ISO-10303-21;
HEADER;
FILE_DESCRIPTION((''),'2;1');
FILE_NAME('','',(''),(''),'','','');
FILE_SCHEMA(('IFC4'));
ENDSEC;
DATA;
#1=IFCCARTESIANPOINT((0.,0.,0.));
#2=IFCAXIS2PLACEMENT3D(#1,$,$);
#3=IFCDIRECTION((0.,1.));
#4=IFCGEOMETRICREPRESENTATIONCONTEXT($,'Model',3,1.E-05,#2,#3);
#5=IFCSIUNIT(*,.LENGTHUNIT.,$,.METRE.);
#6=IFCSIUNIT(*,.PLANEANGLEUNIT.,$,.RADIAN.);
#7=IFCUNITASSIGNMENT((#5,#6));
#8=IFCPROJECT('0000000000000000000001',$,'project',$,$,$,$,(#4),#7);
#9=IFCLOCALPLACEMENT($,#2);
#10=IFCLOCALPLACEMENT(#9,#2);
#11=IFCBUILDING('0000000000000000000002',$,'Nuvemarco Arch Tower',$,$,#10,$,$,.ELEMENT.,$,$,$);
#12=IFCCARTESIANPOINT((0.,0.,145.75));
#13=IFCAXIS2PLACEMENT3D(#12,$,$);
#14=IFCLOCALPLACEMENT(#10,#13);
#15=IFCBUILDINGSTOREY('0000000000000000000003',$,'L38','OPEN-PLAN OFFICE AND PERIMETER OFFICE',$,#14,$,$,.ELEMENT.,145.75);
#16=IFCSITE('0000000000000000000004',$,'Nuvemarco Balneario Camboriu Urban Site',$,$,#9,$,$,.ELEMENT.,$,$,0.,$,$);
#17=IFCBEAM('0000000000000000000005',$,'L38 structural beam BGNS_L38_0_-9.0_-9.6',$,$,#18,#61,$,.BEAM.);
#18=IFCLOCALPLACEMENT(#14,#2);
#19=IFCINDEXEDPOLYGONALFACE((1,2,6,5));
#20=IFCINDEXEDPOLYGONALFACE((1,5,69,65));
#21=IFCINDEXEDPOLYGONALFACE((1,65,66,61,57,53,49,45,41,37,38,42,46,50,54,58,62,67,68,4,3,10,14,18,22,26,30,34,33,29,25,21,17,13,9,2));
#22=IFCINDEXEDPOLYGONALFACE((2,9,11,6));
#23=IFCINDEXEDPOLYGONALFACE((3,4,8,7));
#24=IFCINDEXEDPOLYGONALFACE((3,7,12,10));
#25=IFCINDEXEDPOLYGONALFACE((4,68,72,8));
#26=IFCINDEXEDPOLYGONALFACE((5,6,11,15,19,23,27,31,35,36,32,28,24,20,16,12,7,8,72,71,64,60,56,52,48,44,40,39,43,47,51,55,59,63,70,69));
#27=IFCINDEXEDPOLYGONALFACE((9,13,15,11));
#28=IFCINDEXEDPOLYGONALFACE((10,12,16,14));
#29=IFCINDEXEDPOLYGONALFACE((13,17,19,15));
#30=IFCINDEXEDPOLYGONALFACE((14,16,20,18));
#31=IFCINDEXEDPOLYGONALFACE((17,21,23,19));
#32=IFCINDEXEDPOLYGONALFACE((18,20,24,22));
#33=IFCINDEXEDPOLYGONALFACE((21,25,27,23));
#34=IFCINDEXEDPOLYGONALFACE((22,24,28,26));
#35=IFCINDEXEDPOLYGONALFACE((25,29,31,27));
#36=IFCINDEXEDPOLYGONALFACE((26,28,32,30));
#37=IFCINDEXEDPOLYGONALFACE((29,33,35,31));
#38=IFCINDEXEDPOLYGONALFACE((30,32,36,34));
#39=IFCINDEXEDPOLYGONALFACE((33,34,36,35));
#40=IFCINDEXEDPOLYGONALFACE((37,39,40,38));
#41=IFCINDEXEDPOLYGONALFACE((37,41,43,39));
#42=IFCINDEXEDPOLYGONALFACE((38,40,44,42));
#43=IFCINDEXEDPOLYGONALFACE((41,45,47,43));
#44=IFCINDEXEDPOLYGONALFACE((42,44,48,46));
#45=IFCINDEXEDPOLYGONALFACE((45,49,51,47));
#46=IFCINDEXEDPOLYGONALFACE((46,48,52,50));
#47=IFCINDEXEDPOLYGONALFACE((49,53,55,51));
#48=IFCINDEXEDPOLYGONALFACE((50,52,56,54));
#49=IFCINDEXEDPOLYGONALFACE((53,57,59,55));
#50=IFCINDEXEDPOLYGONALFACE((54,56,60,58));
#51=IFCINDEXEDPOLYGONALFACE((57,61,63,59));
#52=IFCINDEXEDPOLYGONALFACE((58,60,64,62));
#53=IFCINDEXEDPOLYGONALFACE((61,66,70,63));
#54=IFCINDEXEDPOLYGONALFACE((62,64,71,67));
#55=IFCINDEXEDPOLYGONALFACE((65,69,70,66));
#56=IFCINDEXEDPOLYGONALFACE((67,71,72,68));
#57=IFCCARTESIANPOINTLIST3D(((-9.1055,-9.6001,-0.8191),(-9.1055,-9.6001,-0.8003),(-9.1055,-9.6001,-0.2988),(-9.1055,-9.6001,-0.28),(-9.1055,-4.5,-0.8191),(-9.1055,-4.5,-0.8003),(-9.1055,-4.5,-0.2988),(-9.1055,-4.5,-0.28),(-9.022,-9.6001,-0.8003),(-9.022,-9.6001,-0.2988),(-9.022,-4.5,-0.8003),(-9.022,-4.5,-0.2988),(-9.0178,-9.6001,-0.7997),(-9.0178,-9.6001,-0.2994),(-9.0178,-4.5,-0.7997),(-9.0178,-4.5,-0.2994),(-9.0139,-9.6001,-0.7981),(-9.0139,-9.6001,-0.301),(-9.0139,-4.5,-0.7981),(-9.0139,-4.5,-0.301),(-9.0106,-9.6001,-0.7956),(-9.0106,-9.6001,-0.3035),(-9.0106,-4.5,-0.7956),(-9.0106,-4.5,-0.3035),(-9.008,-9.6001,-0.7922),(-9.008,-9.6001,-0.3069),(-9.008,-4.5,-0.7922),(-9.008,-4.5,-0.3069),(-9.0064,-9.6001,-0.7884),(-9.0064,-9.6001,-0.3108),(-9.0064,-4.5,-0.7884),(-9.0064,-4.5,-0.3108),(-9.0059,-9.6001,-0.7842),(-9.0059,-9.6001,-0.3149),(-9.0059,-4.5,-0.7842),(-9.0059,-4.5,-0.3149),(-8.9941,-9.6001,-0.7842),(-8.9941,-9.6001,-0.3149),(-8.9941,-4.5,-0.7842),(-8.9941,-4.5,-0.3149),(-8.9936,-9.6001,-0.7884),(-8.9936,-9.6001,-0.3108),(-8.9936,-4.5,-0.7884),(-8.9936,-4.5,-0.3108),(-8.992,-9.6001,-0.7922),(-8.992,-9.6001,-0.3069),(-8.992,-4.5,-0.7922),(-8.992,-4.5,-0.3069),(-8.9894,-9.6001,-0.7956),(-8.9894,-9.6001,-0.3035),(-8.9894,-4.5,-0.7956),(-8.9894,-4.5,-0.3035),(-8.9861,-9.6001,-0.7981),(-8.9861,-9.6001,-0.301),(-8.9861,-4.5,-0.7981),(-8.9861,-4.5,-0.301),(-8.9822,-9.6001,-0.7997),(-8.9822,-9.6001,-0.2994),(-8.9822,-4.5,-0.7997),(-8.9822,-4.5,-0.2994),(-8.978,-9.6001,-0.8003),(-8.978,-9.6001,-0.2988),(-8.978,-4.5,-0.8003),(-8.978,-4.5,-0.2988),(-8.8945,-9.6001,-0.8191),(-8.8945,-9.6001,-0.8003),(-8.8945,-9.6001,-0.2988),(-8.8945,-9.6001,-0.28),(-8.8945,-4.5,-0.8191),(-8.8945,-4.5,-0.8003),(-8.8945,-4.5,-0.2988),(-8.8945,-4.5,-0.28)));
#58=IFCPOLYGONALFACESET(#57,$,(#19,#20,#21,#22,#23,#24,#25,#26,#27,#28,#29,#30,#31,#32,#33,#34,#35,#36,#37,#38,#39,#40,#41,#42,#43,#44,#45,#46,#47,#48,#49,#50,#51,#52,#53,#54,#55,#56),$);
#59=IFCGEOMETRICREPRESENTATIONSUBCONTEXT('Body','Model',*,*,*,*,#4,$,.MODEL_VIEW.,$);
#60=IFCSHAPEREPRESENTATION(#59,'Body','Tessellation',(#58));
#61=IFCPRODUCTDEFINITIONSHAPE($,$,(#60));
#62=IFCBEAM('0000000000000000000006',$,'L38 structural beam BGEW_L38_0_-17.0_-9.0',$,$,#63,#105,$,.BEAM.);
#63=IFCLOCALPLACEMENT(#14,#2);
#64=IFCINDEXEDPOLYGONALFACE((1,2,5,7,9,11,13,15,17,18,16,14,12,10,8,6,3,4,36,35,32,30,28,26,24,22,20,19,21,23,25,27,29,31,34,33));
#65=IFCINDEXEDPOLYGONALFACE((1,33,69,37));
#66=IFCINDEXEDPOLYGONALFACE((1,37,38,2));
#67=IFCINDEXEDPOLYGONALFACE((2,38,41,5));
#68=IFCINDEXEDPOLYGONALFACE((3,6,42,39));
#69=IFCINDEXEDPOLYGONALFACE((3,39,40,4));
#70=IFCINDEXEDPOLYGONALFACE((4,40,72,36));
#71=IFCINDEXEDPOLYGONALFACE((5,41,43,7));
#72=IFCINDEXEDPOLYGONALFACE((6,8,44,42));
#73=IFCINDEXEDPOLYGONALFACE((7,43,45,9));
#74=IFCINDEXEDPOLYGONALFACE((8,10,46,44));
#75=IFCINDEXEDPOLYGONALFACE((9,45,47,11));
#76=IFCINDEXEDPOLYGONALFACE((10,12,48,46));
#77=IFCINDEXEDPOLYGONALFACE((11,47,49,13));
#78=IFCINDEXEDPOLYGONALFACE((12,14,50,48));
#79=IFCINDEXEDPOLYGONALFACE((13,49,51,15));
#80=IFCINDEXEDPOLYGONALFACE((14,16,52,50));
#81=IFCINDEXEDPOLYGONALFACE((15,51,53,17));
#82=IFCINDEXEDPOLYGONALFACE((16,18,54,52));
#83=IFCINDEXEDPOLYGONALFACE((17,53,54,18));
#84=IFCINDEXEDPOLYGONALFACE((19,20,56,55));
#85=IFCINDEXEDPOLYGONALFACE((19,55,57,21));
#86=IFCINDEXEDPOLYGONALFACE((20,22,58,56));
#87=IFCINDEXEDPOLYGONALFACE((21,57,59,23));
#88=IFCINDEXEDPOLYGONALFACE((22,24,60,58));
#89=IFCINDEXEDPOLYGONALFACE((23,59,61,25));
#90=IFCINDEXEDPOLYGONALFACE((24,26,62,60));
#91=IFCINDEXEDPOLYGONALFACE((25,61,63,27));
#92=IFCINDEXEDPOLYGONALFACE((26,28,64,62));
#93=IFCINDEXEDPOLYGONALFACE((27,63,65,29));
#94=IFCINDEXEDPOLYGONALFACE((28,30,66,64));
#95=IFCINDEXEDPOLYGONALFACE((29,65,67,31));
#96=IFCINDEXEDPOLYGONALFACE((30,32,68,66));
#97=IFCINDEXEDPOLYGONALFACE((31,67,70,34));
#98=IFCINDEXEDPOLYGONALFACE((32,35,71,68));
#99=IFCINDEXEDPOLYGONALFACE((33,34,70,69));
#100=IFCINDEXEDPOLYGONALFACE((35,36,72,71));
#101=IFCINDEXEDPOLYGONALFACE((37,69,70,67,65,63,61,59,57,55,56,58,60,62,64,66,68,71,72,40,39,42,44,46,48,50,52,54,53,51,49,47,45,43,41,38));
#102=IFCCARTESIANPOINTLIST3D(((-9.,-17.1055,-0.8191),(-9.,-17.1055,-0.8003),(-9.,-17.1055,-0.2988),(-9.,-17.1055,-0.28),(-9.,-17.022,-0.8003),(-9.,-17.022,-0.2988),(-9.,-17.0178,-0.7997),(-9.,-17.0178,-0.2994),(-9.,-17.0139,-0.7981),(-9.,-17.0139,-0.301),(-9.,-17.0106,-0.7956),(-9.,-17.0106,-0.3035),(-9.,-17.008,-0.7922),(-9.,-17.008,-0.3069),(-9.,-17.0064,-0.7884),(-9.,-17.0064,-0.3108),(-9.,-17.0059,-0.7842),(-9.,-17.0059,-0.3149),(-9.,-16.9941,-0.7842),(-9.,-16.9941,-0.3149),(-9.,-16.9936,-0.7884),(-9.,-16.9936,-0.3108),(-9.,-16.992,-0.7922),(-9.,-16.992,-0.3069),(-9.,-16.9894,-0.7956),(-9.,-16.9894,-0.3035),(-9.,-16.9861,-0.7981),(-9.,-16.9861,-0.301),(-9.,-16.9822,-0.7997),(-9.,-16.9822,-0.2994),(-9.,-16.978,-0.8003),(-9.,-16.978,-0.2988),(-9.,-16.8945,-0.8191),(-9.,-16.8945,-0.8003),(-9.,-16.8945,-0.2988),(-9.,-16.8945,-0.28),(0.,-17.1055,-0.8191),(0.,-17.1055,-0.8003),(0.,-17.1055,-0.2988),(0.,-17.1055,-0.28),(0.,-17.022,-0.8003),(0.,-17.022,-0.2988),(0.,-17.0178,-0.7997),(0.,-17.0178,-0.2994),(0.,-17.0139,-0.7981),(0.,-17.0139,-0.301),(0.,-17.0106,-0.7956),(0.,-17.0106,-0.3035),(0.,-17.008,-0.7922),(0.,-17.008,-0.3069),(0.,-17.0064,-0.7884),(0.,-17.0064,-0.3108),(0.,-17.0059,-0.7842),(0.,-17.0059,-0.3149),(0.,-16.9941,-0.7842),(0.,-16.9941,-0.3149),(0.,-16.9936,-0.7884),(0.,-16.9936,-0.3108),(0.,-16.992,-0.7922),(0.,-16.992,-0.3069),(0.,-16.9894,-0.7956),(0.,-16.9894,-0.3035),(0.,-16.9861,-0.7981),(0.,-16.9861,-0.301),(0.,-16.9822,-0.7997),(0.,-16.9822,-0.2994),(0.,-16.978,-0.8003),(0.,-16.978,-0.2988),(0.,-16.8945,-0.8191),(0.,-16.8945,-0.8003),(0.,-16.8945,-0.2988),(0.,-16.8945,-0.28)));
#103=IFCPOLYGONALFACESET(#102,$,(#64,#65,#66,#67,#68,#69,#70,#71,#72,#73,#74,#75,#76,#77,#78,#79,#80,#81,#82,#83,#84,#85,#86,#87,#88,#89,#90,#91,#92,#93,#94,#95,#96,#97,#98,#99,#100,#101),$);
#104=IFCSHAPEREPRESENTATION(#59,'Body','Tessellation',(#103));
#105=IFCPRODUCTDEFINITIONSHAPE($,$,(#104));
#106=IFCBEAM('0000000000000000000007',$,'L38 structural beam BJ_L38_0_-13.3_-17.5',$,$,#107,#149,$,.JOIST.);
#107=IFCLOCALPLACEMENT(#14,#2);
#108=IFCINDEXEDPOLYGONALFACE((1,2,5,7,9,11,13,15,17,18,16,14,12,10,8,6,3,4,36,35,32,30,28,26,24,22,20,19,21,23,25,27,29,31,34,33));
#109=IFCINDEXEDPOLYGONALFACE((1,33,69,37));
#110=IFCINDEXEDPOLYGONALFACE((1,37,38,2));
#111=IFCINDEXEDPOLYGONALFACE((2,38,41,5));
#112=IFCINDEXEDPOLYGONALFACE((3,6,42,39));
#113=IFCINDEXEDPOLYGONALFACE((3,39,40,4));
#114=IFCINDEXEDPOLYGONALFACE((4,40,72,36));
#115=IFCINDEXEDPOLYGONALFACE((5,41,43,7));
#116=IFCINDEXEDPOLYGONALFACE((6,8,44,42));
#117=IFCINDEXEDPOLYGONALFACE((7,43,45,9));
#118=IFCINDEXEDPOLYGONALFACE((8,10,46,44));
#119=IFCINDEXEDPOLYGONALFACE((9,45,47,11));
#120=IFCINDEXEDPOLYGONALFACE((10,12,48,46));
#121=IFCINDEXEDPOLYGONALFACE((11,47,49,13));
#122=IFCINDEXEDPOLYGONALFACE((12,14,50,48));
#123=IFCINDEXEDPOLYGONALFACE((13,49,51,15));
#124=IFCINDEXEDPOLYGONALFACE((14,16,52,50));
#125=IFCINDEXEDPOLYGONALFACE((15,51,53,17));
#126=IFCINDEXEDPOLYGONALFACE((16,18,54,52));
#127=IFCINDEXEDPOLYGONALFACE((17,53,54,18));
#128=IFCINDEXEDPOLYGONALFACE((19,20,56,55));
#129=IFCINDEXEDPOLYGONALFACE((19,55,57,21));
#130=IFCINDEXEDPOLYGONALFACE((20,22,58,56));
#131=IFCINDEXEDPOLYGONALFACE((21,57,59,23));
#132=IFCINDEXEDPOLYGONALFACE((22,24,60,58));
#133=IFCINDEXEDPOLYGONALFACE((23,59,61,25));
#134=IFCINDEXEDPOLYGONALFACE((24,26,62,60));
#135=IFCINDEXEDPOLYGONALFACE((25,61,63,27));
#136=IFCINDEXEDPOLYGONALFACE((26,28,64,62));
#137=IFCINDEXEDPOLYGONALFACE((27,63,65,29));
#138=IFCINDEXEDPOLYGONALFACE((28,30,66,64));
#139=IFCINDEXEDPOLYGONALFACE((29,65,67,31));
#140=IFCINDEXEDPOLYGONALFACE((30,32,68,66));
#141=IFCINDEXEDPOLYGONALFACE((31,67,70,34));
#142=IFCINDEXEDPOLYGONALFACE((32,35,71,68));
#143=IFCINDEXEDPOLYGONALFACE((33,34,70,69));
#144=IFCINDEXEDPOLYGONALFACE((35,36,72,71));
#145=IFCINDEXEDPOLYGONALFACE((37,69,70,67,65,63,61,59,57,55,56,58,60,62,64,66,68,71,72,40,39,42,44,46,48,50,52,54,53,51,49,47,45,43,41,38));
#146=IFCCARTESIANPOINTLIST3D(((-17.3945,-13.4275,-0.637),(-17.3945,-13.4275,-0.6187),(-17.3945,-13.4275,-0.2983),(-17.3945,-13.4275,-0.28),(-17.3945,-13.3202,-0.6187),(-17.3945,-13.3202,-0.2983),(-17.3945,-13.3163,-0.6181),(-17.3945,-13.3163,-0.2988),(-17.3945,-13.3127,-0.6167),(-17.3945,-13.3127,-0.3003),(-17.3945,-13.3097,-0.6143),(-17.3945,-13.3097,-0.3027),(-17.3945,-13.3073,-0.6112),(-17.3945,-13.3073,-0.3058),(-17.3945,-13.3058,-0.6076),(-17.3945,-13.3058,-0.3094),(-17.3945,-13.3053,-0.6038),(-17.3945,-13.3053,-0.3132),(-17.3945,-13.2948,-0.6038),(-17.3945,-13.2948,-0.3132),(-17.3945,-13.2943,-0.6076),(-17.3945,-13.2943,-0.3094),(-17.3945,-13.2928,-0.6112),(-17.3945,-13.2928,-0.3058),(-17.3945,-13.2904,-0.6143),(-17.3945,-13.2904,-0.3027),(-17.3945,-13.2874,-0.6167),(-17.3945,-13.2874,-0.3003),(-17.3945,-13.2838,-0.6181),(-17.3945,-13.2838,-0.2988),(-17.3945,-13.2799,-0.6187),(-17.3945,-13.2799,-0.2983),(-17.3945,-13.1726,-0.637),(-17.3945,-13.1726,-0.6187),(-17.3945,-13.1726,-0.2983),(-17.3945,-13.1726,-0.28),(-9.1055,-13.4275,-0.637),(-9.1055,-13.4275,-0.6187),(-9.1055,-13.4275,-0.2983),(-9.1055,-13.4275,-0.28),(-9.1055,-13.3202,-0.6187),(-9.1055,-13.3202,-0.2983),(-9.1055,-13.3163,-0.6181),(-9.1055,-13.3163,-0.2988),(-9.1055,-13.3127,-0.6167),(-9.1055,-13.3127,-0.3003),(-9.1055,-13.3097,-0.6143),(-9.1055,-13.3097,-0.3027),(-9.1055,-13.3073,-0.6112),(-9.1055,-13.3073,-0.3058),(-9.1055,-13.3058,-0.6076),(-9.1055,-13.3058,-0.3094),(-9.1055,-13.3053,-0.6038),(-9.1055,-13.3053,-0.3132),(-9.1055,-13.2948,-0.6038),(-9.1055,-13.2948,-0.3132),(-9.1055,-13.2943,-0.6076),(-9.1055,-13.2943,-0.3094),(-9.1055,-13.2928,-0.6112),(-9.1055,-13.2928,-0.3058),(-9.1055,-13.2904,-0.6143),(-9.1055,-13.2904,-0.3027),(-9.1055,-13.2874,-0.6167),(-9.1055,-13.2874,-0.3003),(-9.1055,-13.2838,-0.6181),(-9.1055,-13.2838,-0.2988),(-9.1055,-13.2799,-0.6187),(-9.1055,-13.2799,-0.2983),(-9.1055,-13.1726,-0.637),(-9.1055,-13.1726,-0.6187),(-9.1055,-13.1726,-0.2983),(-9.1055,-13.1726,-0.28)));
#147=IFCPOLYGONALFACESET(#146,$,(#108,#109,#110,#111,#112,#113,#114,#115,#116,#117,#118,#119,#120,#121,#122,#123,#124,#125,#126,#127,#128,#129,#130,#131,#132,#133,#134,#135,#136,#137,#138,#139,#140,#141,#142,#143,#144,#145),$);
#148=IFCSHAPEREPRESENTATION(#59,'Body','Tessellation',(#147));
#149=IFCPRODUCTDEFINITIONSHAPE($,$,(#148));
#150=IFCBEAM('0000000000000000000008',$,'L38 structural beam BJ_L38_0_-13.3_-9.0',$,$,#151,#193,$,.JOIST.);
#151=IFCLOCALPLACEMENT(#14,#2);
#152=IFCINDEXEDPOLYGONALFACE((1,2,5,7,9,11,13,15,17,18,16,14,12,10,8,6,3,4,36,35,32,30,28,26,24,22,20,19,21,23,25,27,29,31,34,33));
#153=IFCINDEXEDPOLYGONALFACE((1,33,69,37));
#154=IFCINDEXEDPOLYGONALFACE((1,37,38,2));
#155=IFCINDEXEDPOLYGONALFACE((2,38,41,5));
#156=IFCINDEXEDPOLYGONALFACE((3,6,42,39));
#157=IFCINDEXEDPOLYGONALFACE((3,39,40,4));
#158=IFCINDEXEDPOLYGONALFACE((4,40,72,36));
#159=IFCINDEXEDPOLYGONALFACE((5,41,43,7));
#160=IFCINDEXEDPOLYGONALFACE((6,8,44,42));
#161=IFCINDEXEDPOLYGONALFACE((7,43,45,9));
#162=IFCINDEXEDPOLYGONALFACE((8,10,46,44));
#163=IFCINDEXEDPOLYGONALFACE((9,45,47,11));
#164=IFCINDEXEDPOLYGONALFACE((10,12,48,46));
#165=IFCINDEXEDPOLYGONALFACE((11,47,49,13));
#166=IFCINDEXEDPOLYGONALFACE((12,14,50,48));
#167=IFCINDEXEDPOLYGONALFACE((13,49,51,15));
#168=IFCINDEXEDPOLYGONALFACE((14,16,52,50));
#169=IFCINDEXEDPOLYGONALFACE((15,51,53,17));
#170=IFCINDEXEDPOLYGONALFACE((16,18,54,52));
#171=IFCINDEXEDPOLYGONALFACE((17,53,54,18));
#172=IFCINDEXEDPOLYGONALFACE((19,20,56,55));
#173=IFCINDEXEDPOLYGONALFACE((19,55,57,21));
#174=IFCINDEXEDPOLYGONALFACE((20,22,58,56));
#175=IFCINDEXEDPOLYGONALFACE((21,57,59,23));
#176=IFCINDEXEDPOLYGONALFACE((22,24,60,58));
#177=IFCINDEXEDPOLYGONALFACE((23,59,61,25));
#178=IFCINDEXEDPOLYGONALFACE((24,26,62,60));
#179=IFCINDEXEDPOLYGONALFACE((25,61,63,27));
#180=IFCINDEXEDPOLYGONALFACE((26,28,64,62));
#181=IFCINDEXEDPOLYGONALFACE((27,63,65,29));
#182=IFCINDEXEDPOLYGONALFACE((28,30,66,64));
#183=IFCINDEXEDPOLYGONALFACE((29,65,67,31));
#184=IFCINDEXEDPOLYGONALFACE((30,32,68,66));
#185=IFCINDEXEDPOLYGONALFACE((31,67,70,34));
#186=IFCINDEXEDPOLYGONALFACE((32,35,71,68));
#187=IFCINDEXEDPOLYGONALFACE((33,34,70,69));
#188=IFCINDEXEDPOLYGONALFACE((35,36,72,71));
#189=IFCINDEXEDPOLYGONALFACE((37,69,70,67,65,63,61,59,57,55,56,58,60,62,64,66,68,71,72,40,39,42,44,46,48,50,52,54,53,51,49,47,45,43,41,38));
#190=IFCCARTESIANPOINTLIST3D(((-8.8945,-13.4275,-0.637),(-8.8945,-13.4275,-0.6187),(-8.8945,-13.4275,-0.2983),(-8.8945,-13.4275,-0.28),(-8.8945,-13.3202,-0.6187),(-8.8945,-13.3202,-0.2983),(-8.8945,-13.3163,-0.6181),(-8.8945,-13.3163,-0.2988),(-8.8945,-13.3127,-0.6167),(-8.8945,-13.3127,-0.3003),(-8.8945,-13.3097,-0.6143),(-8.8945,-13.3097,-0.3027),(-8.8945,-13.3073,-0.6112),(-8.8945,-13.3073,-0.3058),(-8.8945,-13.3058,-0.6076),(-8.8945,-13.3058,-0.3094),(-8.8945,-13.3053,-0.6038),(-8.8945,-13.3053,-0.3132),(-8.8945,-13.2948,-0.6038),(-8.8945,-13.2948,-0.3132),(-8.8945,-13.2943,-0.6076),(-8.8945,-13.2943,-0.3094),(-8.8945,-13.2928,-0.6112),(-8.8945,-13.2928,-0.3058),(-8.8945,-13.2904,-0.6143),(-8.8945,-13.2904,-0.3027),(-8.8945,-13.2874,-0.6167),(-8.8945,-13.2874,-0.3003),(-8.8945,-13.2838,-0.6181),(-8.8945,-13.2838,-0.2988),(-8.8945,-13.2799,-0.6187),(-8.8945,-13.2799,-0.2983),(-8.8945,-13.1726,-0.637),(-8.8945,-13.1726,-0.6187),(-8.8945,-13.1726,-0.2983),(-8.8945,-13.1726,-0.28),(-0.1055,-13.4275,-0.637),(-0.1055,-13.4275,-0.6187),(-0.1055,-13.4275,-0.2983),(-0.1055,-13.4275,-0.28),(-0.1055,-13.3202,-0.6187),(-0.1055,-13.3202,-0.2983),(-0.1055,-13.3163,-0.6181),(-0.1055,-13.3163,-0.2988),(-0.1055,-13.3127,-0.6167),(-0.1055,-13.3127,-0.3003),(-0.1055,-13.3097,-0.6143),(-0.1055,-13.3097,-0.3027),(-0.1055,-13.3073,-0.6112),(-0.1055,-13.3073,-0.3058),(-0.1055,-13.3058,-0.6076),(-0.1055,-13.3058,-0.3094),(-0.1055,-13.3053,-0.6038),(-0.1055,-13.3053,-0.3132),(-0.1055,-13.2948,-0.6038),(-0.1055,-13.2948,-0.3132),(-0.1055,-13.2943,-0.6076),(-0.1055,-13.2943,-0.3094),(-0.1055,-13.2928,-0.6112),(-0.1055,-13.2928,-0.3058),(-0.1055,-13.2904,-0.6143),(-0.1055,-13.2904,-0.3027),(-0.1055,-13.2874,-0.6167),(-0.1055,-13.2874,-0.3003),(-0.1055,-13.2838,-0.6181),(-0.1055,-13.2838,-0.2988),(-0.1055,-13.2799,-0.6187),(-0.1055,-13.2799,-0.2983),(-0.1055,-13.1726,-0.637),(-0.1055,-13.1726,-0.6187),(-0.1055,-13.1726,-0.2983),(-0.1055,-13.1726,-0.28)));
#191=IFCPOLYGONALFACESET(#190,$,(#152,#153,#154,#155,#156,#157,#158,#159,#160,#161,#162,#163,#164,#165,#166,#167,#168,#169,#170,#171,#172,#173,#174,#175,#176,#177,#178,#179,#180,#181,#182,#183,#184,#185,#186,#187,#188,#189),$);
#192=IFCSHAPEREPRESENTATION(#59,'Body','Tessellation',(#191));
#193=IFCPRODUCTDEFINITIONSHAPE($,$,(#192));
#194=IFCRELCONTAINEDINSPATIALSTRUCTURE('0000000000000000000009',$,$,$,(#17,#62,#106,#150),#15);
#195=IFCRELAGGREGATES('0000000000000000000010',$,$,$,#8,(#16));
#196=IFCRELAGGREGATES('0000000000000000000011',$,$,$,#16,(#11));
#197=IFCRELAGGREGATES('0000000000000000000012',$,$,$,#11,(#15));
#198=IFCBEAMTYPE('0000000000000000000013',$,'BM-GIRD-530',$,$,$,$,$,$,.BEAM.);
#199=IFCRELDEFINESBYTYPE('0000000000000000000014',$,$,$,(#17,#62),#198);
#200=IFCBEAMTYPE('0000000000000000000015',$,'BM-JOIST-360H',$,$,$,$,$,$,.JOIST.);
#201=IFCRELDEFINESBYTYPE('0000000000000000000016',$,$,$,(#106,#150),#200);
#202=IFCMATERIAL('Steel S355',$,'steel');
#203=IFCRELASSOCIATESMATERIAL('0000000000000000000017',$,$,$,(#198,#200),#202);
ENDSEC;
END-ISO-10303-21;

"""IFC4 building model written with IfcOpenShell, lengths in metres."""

from ifc_helpers import new_model, si_unit, direction, frame, origin, origin_2d, place, context, subcontext, project, spatial, i_section, extrude, material, material_profile, profile_set, type_object, element, save


model = new_model("IFC4")

# Units and contexts
model_context = context("Model", 3, precision=1e-05, world=origin(), true_north=direction((0.0, 1.0)))
body_context = subcontext(model_context, "Body", "Model", "MODEL_VIEW")
ifc_project = project(units=[si_unit("LENGTHUNIT", "METRE"), si_unit("PLANEANGLEUNIT", "RADIAN")], contexts=[model_context])

# Site, building, storey
site_placement = place(None, origin())
site = spatial("IfcSite", under=ifc_project, at=site_placement, Name="Nuvemarco Balneario Camboriu Urban Site", CompositionType="ELEMENT", RefElevation=0.0)
building_placement = place(site_placement, origin())
building = spatial("IfcBuilding", under=site, at=building_placement, Name="Nuvemarco Arch Tower", CompositionType="ELEMENT")
storey_placement = place(building_placement, frame((0.0, 0.0, 145.75)))
storey = spatial("IfcBuildingStorey", under=building, at=storey_placement, Name="L38", Description="OPEN-PLAN OFFICE AND PERIMETER OFFICE", CompositionType="ELEMENT", Elevation=145.75)

# Shared definitions
ifc_material_1 = material(Name="Steel S355", Category="steel")

# Beams
ifc_material_profile_1 = material_profile(ifc_material_1, i_section(OverallWidth=0.2109, OverallDepth=0.5391, WebThickness=0.0117, FlangeThickness=0.0188, FilletRadius=0.0161, at=origin_2d()), Name="W530x109")
ifc_profile_set_1 = profile_set([ifc_material_profile_1], Name="Steel S355")
beam_type_1 = type_object("IfcBeamType", Name="BM-GIRD-530", PredefinedType="BEAM", material=ifc_profile_set_1)
beam_1_placement = place(storey_placement, frame((-9.0, -9.6001, -0.5496), z_axis=(0.0, 1.0, 0.0), x_axis=(-1.0, 0.0, 0.0)))
element("IfcBeam", 1, at=beam_1_placement, inside=storey, type_object=beam_type_1, Name="L38 structural beam BGNS_L38_0_-9.0_-9.6", PredefinedType="BEAM", context=body_context, shape_type="SweptSolid", body=[
    extrude(i_section(OverallWidth=0.2109, OverallDepth=0.5391, WebThickness=0.0117, FlangeThickness=0.0188, FilletRadius=0.0161, at=origin_2d()), origin(), (0.0, 0.0, 1.0), 5.1001),
])
beam_2_placement = place(storey_placement, frame((-9.0, -17.0, -0.5496), z_axis=(1.0, 0.0, 0.0), x_axis=(0.0, 1.0, 0.0)))
element("IfcBeam", 2, at=beam_2_placement, inside=storey, type_object=beam_type_1, Name="L38 structural beam BGEW_L38_0_-17.0_-9.0", PredefinedType="BEAM", context=body_context, shape_type="SweptSolid", body=[
    extrude(i_section(OverallWidth=0.2109, OverallDepth=0.5391, WebThickness=0.0117, FlangeThickness=0.0188, FilletRadius=0.0161, at=origin_2d()), origin(), (0.0, 0.0, 1.0), 9.0),
])
ifc_material_profile_2 = material_profile(ifc_material_1, i_section(OverallWidth=0.2549, OverallDepth=0.3569, WebThickness=0.0105, FlangeThickness=0.0183, FilletRadius=0.0149, at=origin_2d()), Name="W360x101")
ifc_profile_set_2 = profile_set([ifc_material_profile_2], Name="Steel S355")
beam_type_2 = type_object("IfcBeamType", Name="BM-JOIST-360H", PredefinedType="JOIST", material=ifc_profile_set_2)
beam_3_placement = place(storey_placement, frame((-17.3945, -13.3, -0.4585), z_axis=(1.0, 0.0, 0.0), x_axis=(0.0, 1.0, 0.0)))
element("IfcBeam", 3, at=beam_3_placement, inside=storey, type_object=beam_type_2, Name="L38 structural beam BJ_L38_0_-13.3_-17.5", PredefinedType="JOIST", context=body_context, shape_type="SweptSolid", body=[
    extrude(i_section(OverallWidth=0.2549, OverallDepth=0.3569, WebThickness=0.0105, FlangeThickness=0.0183, FilletRadius=0.0149, at=origin_2d()), origin(), (0.0, 0.0, 1.0), 8.2891),
])
beam_4_placement = place(storey_placement, frame((-8.8945, -13.3, -0.4585), z_axis=(1.0, 0.0, 0.0), x_axis=(0.0, 1.0, 0.0)))
element("IfcBeam", 4, at=beam_4_placement, inside=storey, type_object=beam_type_2, Name="L38 structural beam BJ_L38_0_-13.3_-9.0", PredefinedType="JOIST", context=body_context, shape_type="SweptSolid", body=[
    extrude(i_section(OverallWidth=0.2549, OverallDepth=0.3569, WebThickness=0.0105, FlangeThickness=0.0183, FilletRadius=0.0149, at=origin_2d()), origin(), (0.0, 0.0, 1.0), 8.7891),
])

save(model, "model.ifc")
